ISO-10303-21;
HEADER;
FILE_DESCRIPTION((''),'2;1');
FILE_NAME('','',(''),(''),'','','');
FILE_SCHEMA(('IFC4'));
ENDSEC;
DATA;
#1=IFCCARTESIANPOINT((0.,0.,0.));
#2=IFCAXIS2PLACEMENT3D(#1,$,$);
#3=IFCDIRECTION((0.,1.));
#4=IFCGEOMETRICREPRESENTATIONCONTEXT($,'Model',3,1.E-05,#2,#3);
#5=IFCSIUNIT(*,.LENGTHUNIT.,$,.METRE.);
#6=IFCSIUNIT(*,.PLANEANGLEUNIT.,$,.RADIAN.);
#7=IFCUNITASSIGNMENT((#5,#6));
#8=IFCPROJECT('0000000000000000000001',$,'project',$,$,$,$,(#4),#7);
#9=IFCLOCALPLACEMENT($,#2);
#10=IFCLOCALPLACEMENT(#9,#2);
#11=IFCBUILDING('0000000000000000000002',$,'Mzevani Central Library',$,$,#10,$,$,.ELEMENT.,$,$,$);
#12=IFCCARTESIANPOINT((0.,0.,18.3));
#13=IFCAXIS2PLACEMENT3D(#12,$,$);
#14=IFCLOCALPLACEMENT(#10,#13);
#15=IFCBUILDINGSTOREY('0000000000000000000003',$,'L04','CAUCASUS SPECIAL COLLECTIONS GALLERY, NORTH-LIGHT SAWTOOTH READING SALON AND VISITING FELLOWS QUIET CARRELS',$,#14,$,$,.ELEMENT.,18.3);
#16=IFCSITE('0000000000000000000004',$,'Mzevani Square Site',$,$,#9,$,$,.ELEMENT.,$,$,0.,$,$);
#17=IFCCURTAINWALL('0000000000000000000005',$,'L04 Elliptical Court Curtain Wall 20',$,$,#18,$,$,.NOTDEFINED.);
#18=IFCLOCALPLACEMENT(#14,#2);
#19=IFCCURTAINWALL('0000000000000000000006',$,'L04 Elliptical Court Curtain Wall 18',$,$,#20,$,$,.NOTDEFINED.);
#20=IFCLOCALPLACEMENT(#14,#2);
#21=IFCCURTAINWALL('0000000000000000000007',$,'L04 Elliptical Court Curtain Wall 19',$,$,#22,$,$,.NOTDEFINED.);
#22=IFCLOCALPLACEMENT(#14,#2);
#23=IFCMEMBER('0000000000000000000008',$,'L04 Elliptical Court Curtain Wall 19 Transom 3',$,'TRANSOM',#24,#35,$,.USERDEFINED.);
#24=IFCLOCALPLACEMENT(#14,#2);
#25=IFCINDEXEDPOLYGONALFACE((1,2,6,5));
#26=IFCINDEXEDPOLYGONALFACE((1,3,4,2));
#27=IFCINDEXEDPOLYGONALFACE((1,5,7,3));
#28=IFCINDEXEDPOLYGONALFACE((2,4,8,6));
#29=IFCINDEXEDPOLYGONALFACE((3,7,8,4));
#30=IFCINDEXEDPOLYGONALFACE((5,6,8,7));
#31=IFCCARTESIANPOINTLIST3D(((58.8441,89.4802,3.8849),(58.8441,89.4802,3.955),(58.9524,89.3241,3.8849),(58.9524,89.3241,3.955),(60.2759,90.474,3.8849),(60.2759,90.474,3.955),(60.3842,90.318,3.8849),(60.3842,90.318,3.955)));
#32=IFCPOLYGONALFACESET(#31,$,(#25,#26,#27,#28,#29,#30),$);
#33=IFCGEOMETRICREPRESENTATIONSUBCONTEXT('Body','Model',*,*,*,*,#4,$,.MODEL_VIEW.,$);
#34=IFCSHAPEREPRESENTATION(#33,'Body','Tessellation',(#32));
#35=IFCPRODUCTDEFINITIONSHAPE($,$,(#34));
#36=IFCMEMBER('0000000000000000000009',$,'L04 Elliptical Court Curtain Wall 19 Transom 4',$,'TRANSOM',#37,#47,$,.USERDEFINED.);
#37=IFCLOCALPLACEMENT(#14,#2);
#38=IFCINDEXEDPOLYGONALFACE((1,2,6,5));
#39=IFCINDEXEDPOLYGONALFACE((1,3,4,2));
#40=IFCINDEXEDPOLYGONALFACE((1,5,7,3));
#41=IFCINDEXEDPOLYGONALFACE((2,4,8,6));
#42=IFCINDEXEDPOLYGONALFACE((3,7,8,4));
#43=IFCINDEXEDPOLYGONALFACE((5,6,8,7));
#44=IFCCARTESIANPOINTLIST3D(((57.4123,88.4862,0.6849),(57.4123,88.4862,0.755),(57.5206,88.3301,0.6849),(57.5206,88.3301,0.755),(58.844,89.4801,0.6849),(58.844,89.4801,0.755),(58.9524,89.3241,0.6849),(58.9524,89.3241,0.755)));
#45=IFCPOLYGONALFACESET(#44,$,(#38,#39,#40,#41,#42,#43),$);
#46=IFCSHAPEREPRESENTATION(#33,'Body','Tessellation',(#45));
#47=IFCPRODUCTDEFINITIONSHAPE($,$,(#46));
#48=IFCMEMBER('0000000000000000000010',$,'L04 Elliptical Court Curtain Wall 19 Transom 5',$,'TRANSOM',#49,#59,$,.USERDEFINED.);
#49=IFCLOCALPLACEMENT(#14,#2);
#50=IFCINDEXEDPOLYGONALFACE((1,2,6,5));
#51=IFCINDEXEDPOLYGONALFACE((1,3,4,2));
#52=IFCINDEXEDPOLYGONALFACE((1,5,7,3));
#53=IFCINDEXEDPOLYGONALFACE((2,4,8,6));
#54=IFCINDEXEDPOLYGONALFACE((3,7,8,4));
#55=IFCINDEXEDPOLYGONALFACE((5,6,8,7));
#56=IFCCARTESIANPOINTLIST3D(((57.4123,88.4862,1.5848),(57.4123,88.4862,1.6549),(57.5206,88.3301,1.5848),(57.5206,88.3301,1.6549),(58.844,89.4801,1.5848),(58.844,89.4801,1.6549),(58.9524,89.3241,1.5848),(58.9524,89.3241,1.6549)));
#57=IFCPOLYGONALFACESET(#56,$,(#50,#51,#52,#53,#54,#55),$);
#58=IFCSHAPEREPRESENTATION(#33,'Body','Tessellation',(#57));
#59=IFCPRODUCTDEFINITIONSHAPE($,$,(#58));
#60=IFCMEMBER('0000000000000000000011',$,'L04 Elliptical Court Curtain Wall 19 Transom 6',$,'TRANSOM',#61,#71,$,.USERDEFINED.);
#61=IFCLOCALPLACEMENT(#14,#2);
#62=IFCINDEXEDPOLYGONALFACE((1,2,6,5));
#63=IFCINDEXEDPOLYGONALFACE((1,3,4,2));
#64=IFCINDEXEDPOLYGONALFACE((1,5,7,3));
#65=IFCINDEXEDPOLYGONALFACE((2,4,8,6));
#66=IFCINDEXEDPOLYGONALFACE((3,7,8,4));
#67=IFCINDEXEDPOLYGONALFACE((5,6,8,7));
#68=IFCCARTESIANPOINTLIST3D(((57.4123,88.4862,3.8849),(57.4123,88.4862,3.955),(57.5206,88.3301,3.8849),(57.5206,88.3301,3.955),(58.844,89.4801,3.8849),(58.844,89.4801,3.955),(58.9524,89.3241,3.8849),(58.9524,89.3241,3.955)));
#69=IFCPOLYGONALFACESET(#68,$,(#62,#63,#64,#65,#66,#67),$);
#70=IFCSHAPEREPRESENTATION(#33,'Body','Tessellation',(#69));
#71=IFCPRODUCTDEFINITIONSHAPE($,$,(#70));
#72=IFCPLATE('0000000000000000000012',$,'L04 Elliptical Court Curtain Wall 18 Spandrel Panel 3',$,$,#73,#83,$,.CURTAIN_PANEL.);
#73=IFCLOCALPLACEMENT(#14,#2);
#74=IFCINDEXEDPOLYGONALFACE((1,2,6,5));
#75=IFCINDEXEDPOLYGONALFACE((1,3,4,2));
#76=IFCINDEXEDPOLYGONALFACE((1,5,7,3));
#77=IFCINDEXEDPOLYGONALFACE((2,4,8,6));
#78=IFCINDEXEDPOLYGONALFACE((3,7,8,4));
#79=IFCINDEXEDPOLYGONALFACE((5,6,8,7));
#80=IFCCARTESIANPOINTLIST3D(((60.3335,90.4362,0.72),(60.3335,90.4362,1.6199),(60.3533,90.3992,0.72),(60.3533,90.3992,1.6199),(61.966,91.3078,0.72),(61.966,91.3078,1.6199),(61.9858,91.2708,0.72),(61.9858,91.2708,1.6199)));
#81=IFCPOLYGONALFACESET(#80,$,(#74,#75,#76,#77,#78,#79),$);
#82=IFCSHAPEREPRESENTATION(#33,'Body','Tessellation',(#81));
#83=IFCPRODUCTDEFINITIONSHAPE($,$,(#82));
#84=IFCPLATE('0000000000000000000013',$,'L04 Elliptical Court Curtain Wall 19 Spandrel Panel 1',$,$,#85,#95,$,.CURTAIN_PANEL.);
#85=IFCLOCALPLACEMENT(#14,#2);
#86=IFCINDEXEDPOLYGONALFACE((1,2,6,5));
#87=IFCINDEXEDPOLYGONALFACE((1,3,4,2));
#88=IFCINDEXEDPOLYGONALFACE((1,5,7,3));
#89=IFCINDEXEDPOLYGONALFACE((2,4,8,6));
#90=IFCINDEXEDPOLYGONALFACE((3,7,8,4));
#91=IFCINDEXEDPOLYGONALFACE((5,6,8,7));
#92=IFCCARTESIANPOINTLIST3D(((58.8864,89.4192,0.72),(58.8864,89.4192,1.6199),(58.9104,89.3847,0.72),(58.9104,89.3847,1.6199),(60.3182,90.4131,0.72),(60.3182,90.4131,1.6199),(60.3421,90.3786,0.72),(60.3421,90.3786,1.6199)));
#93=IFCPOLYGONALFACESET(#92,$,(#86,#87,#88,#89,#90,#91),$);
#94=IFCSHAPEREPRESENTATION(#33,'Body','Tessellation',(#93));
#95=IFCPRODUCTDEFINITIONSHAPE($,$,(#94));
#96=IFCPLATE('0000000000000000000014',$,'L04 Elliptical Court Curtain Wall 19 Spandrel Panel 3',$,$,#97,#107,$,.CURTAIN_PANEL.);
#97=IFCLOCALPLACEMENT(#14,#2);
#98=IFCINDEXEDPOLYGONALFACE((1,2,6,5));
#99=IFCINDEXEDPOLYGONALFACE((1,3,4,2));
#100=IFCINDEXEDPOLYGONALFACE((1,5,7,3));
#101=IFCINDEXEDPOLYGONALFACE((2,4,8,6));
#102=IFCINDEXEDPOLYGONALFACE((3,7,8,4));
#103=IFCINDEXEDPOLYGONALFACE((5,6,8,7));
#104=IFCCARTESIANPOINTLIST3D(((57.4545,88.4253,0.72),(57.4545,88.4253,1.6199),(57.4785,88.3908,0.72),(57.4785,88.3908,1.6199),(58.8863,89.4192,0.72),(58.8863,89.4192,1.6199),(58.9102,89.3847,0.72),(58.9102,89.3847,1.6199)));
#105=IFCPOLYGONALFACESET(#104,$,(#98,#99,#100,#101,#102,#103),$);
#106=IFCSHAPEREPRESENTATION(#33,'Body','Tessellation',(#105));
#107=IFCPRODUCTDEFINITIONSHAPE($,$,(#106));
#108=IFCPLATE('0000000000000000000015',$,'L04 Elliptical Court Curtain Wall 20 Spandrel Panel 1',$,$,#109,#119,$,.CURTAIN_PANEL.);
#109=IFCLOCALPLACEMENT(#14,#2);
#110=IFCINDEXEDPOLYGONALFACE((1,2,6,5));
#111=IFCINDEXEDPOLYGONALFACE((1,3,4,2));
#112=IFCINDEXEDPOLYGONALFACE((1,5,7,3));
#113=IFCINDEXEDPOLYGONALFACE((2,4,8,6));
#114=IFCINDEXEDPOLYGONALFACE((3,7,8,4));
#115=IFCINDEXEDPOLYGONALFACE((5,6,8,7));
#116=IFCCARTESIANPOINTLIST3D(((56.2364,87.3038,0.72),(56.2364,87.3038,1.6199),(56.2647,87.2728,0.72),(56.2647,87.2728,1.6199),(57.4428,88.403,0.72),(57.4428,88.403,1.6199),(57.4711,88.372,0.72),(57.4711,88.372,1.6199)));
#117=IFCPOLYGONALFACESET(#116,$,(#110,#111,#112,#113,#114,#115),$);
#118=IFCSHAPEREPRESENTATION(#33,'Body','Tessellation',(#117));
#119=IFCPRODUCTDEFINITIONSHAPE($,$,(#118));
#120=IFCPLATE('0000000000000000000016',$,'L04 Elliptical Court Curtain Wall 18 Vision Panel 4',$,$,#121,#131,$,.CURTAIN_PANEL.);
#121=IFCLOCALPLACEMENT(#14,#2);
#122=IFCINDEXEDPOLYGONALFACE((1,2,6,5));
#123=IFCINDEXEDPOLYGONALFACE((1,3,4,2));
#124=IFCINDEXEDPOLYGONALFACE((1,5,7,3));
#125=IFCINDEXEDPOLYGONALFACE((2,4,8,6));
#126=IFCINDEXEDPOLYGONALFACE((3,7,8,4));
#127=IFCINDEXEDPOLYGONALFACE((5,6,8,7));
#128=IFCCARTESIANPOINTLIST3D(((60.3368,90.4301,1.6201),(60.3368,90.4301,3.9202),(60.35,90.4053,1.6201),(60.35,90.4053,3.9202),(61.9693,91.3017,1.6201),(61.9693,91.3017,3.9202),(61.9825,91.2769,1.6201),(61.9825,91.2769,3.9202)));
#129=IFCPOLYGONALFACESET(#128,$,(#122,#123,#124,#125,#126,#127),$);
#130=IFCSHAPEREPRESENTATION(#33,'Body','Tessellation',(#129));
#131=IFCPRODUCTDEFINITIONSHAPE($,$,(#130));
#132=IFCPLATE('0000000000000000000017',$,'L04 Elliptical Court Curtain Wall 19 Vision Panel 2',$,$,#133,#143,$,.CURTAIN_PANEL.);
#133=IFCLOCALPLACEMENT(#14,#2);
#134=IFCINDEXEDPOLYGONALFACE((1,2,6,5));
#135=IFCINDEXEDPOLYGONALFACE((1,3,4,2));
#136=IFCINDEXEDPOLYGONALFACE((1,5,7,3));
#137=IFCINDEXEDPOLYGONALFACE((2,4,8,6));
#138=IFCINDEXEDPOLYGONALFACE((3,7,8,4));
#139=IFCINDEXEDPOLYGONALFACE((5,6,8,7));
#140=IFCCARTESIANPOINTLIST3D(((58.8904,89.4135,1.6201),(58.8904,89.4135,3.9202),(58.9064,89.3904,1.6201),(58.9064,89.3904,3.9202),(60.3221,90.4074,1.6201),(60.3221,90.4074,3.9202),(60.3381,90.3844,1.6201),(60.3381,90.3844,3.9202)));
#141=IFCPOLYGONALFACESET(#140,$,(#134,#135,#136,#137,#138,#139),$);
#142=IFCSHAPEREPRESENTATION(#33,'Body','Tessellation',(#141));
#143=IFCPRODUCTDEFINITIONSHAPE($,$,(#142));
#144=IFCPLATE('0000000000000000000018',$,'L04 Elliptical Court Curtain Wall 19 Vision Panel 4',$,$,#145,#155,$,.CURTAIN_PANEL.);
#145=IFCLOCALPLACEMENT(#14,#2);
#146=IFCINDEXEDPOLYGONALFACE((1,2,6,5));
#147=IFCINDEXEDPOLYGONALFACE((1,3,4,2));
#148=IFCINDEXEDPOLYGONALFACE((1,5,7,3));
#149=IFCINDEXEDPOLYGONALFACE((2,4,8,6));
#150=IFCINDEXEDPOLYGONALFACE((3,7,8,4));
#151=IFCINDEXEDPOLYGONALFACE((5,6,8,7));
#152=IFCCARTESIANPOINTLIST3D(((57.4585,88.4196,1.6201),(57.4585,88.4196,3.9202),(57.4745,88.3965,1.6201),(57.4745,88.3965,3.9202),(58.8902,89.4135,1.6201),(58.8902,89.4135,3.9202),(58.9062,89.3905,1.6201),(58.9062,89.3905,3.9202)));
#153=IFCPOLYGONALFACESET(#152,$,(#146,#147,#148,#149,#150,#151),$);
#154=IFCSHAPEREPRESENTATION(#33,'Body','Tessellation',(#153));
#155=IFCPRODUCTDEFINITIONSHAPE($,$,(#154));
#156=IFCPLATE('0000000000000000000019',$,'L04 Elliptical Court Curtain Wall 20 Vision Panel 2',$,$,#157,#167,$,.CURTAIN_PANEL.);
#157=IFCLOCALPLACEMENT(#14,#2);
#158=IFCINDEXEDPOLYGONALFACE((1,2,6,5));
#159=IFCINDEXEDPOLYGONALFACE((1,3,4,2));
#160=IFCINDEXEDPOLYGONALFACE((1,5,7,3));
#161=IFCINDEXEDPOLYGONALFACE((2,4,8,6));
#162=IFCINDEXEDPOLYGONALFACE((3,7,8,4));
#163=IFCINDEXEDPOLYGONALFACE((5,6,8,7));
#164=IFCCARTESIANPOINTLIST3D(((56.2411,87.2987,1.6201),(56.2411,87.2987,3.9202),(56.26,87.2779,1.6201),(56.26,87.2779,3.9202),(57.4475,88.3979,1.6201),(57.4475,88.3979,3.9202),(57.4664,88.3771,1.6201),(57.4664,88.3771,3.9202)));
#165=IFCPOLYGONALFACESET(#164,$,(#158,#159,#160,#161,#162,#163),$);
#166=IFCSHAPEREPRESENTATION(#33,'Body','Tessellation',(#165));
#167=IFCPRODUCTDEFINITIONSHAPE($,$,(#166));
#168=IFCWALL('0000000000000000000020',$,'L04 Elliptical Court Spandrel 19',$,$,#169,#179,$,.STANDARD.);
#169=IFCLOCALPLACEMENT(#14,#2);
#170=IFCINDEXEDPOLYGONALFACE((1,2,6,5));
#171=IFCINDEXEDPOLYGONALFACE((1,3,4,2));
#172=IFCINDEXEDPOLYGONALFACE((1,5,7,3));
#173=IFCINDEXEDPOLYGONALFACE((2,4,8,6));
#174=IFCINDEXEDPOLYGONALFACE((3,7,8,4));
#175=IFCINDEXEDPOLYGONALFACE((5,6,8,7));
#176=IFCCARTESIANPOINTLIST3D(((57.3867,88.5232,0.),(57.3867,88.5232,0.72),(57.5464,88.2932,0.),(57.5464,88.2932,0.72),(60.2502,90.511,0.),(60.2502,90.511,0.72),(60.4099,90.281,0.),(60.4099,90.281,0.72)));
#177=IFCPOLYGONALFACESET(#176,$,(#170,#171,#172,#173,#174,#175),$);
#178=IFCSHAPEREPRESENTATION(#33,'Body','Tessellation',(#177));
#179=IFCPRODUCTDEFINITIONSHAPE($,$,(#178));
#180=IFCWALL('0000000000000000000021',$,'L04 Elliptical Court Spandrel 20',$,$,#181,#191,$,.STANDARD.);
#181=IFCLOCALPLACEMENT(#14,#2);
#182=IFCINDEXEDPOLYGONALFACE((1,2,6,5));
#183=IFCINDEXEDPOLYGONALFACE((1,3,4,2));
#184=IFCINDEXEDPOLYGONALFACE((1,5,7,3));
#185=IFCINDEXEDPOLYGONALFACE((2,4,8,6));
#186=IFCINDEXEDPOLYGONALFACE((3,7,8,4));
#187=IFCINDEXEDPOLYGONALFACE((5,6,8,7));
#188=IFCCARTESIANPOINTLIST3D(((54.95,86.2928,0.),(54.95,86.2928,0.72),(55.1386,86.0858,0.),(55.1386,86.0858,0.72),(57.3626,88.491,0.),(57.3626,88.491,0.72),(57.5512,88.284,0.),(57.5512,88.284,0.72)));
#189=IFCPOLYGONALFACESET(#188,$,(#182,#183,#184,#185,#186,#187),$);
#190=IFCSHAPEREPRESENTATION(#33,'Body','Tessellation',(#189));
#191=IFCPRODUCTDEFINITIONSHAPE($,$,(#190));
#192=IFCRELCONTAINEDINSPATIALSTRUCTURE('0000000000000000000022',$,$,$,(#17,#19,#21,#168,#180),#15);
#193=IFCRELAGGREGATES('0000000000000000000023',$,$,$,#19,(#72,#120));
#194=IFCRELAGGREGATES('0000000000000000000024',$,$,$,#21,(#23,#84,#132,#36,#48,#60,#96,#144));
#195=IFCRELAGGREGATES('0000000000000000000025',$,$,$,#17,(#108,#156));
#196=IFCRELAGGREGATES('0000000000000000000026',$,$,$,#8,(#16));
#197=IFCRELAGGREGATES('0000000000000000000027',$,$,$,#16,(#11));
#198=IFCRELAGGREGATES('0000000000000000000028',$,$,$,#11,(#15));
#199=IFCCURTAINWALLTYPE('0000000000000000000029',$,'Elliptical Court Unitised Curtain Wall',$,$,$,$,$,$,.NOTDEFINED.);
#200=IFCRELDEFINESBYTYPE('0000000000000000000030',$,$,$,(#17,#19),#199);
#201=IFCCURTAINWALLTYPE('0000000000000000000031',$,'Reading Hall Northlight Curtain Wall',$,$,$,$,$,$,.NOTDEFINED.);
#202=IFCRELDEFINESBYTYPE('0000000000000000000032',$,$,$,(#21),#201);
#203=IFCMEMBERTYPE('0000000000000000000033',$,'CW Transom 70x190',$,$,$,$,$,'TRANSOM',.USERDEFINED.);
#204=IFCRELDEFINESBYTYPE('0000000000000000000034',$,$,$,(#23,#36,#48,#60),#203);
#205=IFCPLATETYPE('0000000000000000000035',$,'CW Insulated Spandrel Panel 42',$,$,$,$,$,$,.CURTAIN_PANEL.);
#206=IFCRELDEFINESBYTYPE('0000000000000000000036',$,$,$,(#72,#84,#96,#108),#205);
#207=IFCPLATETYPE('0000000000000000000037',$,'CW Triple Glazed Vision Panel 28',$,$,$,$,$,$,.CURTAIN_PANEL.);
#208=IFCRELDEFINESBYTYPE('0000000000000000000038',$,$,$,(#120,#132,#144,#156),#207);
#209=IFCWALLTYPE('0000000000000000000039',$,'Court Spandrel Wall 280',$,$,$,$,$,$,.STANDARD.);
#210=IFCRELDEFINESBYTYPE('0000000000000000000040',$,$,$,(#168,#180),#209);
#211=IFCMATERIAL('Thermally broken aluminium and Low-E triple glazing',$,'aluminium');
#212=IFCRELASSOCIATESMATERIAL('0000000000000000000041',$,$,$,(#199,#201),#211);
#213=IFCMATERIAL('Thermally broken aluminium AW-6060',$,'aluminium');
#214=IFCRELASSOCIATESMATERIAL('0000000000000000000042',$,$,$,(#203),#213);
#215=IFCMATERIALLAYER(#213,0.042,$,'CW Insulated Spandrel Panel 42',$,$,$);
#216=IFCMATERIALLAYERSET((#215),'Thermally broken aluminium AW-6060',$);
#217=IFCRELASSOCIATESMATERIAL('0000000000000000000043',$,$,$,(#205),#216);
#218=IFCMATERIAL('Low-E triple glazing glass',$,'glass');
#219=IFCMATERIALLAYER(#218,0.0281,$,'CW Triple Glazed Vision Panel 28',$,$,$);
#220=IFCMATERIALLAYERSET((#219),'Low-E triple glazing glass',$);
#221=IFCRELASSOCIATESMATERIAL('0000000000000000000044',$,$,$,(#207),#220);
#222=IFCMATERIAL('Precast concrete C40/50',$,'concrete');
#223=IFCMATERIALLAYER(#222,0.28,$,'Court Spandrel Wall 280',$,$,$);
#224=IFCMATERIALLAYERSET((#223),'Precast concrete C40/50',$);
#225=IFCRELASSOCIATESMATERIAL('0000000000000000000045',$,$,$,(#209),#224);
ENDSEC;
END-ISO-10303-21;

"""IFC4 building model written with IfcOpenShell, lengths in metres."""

from ifc_helpers import new_model, si_unit, direction, frame, frame_2d, origin, origin_2d, place, context, subcontext, project, spatial, rectangle, extrude, material, layer, layer_set, material_profile, profile_set, type_object, element, aggregate, save


model = new_model("IFC4")

# Units and contexts
model_context = context("Model", 3, precision=1e-05, world=origin(), true_north=direction((0.0, 1.0)))
body_context = subcontext(model_context, "Body", "Model", "MODEL_VIEW")
ifc_project = project(units=[si_unit("LENGTHUNIT", "METRE"), si_unit("PLANEANGLEUNIT", "RADIAN")], contexts=[model_context])

# Site, building, storey
site_placement = place(None, origin())
site = spatial("IfcSite", under=ifc_project, at=site_placement, Name="Mzevani Square Site", CompositionType="ELEMENT", RefElevation=0.0)
building_placement = place(site_placement, origin())
building = spatial("IfcBuilding", under=site, at=building_placement, Name="Mzevani Central Library", CompositionType="ELEMENT")
storey_placement = place(building_placement, frame((0.0, 0.0, 18.3)))
storey = spatial("IfcBuildingStorey", under=building, at=storey_placement, Name="L04", Description="CAUCASUS SPECIAL COLLECTIONS GALLERY, NORTH-LIGHT SAWTOOTH READING SALON AND VISITING FELLOWS QUIET CARRELS", CompositionType="ELEMENT", Elevation=18.3)

# Curtain wall
ifc_material_1 = material(Name="Thermally broken aluminium and Low-E triple glazing", Category="aluminium")
curtain_wall_type_1 = type_object("IfcCurtainWallType", Name="Elliptical Court Unitised Curtain Wall", PredefinedType="NOTDEFINED", material=ifc_material_1)
curtain_wall_1_placement = place(storey_placement, origin())
curtain_wall_1 = element("IfcCurtainWall", 1, at=curtain_wall_1_placement, inside=storey, type_object=curtain_wall_type_1, Name="L04 Elliptical Court Curtain Wall 20", PredefinedType="NOTDEFINED")
ifc_material_2 = material(Name="Thermally broken aluminium AW-6060", Category="aluminium")

# Curtain walls
curtain_wall_2_placement = place(storey_placement, origin())
curtain_wall_2 = element("IfcCurtainWall", 2, at=curtain_wall_2_placement, inside=storey, type_object=curtain_wall_type_1, Name="L04 Elliptical Court Curtain Wall 18", PredefinedType="NOTDEFINED")
curtain_wall_type_2 = type_object("IfcCurtainWallType", Name="Reading Hall Northlight Curtain Wall", PredefinedType="NOTDEFINED", material=ifc_material_1)
curtain_wall_3_placement = place(storey_placement, origin())
curtain_wall_3 = element("IfcCurtainWall", 3, at=curtain_wall_3_placement, inside=storey, type_object=curtain_wall_type_2, Name="L04 Elliptical Court Curtain Wall 19", PredefinedType="NOTDEFINED")

# Members
ifc_material_profile_1 = material_profile(ifc_material_2, rectangle(XDim=0.1899, YDim=0.0701, at=origin_2d()), Name="ALU T70x190")
ifc_profile_set_1 = profile_set([ifc_material_profile_1], Name="Thermally broken aluminium AW-6060")
member_type_1 = type_object("IfcMemberType", Name="CW Transom 70x190", ElementType="TRANSOM", PredefinedType="USERDEFINED", material=ifc_profile_set_1)
member_1_placement = place(storey_placement, frame((60.3301, 90.396, 3.9199), z_axis=(-0.821496, -0.570215, 0.0), x_axis=(0.570215, -0.821496, 0.0)))
member_1 = element("IfcMember", 4, at=member_1_placement, type_object=member_type_1, Name="L04 Elliptical Court Curtain Wall 19 Transom 3", ObjectType="TRANSOM", PredefinedType="USERDEFINED", context=body_context, shape_type="SweptSolid", body=[
    extrude(rectangle(XDim=0.1899, YDim=0.0701, at=origin_2d()), origin(), (0.0, 0.0, 1.0), 1.7429),
])
member_2_placement = place(storey_placement, frame((58.8982, 89.4021, 0.72), z_axis=(-0.82145, -0.57028, 0.0), x_axis=(0.57028, -0.82145, 0.0)))
member_2 = element("IfcMember", 5, at=member_2_placement, type_object=member_type_1, Name="L04 Elliptical Court Curtain Wall 19 Transom 4", ObjectType="TRANSOM", PredefinedType="USERDEFINED", context=body_context, shape_type="SweptSolid", body=[
    extrude(rectangle(XDim=0.1899, YDim=0.0701, at=origin_2d()), origin(), (0.0, 0.0, 1.0), 1.7429),
])
member_3_placement = place(storey_placement, frame((58.8982, 89.4021, 1.6199), z_axis=(-0.82145, -0.57028, 0.0), x_axis=(0.57028, -0.82145, 0.0)))
member_3 = element("IfcMember", 6, at=member_3_placement, type_object=member_type_1, Name="L04 Elliptical Court Curtain Wall 19 Transom 5", ObjectType="TRANSOM", PredefinedType="USERDEFINED", context=body_context, shape_type="SweptSolid", body=[
    extrude(rectangle(XDim=0.1899, YDim=0.0701, at=origin_2d()), origin(), (0.0, 0.0, 1.0), 1.7429),
])
member_4_placement = place(storey_placement, frame((58.8982, 89.4021, 3.9199), z_axis=(-0.82145, -0.57028, 0.0), x_axis=(0.57028, -0.82145, 0.0)))
member_4 = element("IfcMember", 7, at=member_4_placement, type_object=member_type_1, Name="L04 Elliptical Court Curtain Wall 19 Transom 6", ObjectType="TRANSOM", PredefinedType="USERDEFINED", context=body_context, shape_type="SweptSolid", body=[
    extrude(rectangle(XDim=0.1899, YDim=0.0701, at=origin_2d()), origin(), (0.0, 0.0, 1.0), 1.7429),
])

# Plates
ifc_layer_1 = layer(ifc_material_2, 0.042, Name="CW Insulated Spandrel Panel 42")
ifc_layer_set_1 = layer_set([ifc_layer_1], Name="Thermally broken aluminium AW-6060")
plate_type_1 = type_object("IfcPlateType", Name="CW Insulated Spandrel Panel 42", PredefinedType="CURTAIN_PANEL", material=ifc_layer_set_1)
plate_1_placement = place(storey_placement, frame((61.1597, 90.8535, 0.72), z_axis=(0.0, 0.0, 1.0), x_axis=(-0.882138, -0.47099, 0.0)))
plate_1 = element("IfcPlate", 8, at=plate_1_placement, type_object=plate_type_1, Name="L04 Elliptical Court Curtain Wall 18 Spandrel Panel 3", PredefinedType="CURTAIN_PANEL", context=body_context, shape_type="SweptSolid", body=[
    extrude(rectangle(XDim=1.8506, YDim=0.042, at=origin_2d()), origin(), (0.0, 0.0, 1.0), 0.8999),
])
plate_2_placement = place(storey_placement, frame((59.6143, 89.8989, 0.72), z_axis=(0.0, 0.0, 1.0), x_axis=(-0.82146, -0.570266, 0.0)))
plate_2 = element("IfcPlate", 9, at=plate_2_placement, type_object=plate_type_1, Name="L04 Elliptical Court Curtain Wall 19 Spandrel Panel 1", PredefinedType="CURTAIN_PANEL", context=body_context, shape_type="SweptSolid", body=[
    extrude(rectangle(XDim=1.7429, YDim=0.042, at=origin_2d()), origin(), (0.0, 0.0, 1.0), 0.8999),
])
plate_3_placement = place(storey_placement, frame((58.1824, 88.905, 0.72), z_axis=(0.0, 0.0, 1.0), x_axis=(-0.82146, -0.570266, 0.0)))
plate_3 = element("IfcPlate", 10, at=plate_3_placement, type_object=plate_type_1, Name="L04 Elliptical Court Curtain Wall 19 Spandrel Panel 3", PredefinedType="CURTAIN_PANEL", context=body_context, shape_type="SweptSolid", body=[
    extrude(rectangle(XDim=1.7429, YDim=0.042, at=origin_2d()), origin(), (0.0, 0.0, 1.0), 0.8999),
])
plate_4_placement = place(storey_placement, frame((56.8538, 87.8379, 0.72), z_axis=(0.0, 0.0, 1.0), x_axis=(-0.739187, -0.6735, 0.0)))
plate_4 = element("IfcPlate", 11, at=plate_4_placement, type_object=plate_type_1, Name="L04 Elliptical Court Curtain Wall 20 Spandrel Panel 1", PredefinedType="CURTAIN_PANEL", context=body_context, shape_type="SweptSolid", body=[
    extrude(rectangle(XDim=1.6321, YDim=0.042, at=origin_2d()), origin(), (0.0, 0.0, 1.0), 0.8999),
])
ifc_material_3 = material(Name="Low-E triple glazing glass", Category="glass")
ifc_layer_2 = layer(ifc_material_3, 0.0281, Name="CW Triple Glazed Vision Panel 28")
ifc_layer_set_2 = layer_set([ifc_layer_2], Name="Low-E triple glazing glass")
plate_type_2 = type_object("IfcPlateType", Name="CW Triple Glazed Vision Panel 28", PredefinedType="CURTAIN_PANEL", material=ifc_layer_set_2)
plate_5_placement = place(storey_placement, frame((61.1597, 90.8535, 1.6201), z_axis=(0.0, 0.0, 1.0), x_axis=(-0.882138, -0.47099, 0.0)))
plate_5 = element("IfcPlate", 12, at=plate_5_placement, type_object=plate_type_2, Name="L04 Elliptical Court Curtain Wall 18 Vision Panel 4", PredefinedType="CURTAIN_PANEL", context=body_context, shape_type="SweptSolid", body=[
    extrude(rectangle(XDim=1.8506, YDim=0.0281, at=origin_2d()), origin(), (0.0, 0.0, 1.0), 2.3),
])
aggregate(curtain_wall_2, [plate_1, plate_5])
plate_6_placement = place(storey_placement, frame((59.6143, 89.8989, 1.6201), z_axis=(0.0, 0.0, 1.0), x_axis=(-0.82146, -0.570266, 0.0)))
plate_6 = element("IfcPlate", 13, at=plate_6_placement, type_object=plate_type_2, Name="L04 Elliptical Court Curtain Wall 19 Vision Panel 2", PredefinedType="CURTAIN_PANEL", context=body_context, shape_type="SweptSolid", body=[
    extrude(rectangle(XDim=1.7429, YDim=0.0281, at=origin_2d()), origin(), (0.0, 0.0, 1.0), 2.3),
])
plate_7_placement = place(storey_placement, frame((58.1824, 88.905, 1.6201), z_axis=(0.0, 0.0, 1.0), x_axis=(-0.82146, -0.570266, 0.0)))
plate_7 = element("IfcPlate", 14, at=plate_7_placement, type_object=plate_type_2, Name="L04 Elliptical Court Curtain Wall 19 Vision Panel 4", PredefinedType="CURTAIN_PANEL", context=body_context, shape_type="SweptSolid", body=[
    extrude(rectangle(XDim=1.7429, YDim=0.0281, at=origin_2d()), origin(), (0.0, 0.0, 1.0), 2.3),
])
aggregate(curtain_wall_3, [member_1, plate_2, plate_6, member_2, member_3, member_4, plate_3, plate_7])
plate_8_placement = place(storey_placement, frame((56.8538, 87.8379, 1.6201), z_axis=(0.0, 0.0, 1.0), x_axis=(-0.739187, -0.6735, 0.0)))
plate_8 = element("IfcPlate", 15, at=plate_8_placement, type_object=plate_type_2, Name="L04 Elliptical Court Curtain Wall 20 Vision Panel 2", PredefinedType="CURTAIN_PANEL", context=body_context, shape_type="SweptSolid", body=[
    extrude(rectangle(XDim=1.6321, YDim=0.0281, at=origin_2d()), origin(), (0.0, 0.0, 1.0), 2.3),
])
aggregate(curtain_wall_1, [plate_4, plate_8])

# Walls
ifc_material_4 = material(Name="Precast concrete C40/50", Category="concrete")
ifc_layer_3 = layer(ifc_material_4, 0.28, Name="Court Spandrel Wall 280")
ifc_layer_set_3 = layer_set([ifc_layer_3], Name="Precast concrete C40/50")
wall_type = type_object("IfcWallType", Name="Court Spandrel Wall 280", PredefinedType="STANDARD", material=ifc_layer_set_3)
wall_1_placement = place(storey_placement, frame((60.3301, 90.396, 0.0), z_axis=(0.0, 0.0, 1.0), x_axis=(-0.821473, -0.570247, 0.0)))
element("IfcWall", 16, at=wall_1_placement, inside=storey, type_object=wall_type, Name="L04 Elliptical Court Spandrel 19", PredefinedType="STANDARD", context=body_context, shape_type="SweptSolid", body=[
    extrude(rectangle(XDim=3.4858, YDim=0.28, at=frame_2d((1.7429, 0.0))), origin(), (0.0, 0.0, 1.0), 0.72),
])
wall_2_placement = place(storey_placement, frame((57.4568, 88.3875, 0.0), z_axis=(0.0, 0.0, 1.0), x_axis=(-0.739181, -0.673506, 0.0)))
element("IfcWall", 17, at=wall_2_placement, inside=storey, type_object=wall_type, Name="L04 Elliptical Court Spandrel 20", PredefinedType="STANDARD", context=body_context, shape_type="SweptSolid", body=[
    extrude(rectangle(XDim=3.2639, YDim=0.28, at=frame_2d((1.6318, 0.0))), origin(), (0.0, 0.0, 1.0), 0.72),
])

save(model, "model.ifc")
